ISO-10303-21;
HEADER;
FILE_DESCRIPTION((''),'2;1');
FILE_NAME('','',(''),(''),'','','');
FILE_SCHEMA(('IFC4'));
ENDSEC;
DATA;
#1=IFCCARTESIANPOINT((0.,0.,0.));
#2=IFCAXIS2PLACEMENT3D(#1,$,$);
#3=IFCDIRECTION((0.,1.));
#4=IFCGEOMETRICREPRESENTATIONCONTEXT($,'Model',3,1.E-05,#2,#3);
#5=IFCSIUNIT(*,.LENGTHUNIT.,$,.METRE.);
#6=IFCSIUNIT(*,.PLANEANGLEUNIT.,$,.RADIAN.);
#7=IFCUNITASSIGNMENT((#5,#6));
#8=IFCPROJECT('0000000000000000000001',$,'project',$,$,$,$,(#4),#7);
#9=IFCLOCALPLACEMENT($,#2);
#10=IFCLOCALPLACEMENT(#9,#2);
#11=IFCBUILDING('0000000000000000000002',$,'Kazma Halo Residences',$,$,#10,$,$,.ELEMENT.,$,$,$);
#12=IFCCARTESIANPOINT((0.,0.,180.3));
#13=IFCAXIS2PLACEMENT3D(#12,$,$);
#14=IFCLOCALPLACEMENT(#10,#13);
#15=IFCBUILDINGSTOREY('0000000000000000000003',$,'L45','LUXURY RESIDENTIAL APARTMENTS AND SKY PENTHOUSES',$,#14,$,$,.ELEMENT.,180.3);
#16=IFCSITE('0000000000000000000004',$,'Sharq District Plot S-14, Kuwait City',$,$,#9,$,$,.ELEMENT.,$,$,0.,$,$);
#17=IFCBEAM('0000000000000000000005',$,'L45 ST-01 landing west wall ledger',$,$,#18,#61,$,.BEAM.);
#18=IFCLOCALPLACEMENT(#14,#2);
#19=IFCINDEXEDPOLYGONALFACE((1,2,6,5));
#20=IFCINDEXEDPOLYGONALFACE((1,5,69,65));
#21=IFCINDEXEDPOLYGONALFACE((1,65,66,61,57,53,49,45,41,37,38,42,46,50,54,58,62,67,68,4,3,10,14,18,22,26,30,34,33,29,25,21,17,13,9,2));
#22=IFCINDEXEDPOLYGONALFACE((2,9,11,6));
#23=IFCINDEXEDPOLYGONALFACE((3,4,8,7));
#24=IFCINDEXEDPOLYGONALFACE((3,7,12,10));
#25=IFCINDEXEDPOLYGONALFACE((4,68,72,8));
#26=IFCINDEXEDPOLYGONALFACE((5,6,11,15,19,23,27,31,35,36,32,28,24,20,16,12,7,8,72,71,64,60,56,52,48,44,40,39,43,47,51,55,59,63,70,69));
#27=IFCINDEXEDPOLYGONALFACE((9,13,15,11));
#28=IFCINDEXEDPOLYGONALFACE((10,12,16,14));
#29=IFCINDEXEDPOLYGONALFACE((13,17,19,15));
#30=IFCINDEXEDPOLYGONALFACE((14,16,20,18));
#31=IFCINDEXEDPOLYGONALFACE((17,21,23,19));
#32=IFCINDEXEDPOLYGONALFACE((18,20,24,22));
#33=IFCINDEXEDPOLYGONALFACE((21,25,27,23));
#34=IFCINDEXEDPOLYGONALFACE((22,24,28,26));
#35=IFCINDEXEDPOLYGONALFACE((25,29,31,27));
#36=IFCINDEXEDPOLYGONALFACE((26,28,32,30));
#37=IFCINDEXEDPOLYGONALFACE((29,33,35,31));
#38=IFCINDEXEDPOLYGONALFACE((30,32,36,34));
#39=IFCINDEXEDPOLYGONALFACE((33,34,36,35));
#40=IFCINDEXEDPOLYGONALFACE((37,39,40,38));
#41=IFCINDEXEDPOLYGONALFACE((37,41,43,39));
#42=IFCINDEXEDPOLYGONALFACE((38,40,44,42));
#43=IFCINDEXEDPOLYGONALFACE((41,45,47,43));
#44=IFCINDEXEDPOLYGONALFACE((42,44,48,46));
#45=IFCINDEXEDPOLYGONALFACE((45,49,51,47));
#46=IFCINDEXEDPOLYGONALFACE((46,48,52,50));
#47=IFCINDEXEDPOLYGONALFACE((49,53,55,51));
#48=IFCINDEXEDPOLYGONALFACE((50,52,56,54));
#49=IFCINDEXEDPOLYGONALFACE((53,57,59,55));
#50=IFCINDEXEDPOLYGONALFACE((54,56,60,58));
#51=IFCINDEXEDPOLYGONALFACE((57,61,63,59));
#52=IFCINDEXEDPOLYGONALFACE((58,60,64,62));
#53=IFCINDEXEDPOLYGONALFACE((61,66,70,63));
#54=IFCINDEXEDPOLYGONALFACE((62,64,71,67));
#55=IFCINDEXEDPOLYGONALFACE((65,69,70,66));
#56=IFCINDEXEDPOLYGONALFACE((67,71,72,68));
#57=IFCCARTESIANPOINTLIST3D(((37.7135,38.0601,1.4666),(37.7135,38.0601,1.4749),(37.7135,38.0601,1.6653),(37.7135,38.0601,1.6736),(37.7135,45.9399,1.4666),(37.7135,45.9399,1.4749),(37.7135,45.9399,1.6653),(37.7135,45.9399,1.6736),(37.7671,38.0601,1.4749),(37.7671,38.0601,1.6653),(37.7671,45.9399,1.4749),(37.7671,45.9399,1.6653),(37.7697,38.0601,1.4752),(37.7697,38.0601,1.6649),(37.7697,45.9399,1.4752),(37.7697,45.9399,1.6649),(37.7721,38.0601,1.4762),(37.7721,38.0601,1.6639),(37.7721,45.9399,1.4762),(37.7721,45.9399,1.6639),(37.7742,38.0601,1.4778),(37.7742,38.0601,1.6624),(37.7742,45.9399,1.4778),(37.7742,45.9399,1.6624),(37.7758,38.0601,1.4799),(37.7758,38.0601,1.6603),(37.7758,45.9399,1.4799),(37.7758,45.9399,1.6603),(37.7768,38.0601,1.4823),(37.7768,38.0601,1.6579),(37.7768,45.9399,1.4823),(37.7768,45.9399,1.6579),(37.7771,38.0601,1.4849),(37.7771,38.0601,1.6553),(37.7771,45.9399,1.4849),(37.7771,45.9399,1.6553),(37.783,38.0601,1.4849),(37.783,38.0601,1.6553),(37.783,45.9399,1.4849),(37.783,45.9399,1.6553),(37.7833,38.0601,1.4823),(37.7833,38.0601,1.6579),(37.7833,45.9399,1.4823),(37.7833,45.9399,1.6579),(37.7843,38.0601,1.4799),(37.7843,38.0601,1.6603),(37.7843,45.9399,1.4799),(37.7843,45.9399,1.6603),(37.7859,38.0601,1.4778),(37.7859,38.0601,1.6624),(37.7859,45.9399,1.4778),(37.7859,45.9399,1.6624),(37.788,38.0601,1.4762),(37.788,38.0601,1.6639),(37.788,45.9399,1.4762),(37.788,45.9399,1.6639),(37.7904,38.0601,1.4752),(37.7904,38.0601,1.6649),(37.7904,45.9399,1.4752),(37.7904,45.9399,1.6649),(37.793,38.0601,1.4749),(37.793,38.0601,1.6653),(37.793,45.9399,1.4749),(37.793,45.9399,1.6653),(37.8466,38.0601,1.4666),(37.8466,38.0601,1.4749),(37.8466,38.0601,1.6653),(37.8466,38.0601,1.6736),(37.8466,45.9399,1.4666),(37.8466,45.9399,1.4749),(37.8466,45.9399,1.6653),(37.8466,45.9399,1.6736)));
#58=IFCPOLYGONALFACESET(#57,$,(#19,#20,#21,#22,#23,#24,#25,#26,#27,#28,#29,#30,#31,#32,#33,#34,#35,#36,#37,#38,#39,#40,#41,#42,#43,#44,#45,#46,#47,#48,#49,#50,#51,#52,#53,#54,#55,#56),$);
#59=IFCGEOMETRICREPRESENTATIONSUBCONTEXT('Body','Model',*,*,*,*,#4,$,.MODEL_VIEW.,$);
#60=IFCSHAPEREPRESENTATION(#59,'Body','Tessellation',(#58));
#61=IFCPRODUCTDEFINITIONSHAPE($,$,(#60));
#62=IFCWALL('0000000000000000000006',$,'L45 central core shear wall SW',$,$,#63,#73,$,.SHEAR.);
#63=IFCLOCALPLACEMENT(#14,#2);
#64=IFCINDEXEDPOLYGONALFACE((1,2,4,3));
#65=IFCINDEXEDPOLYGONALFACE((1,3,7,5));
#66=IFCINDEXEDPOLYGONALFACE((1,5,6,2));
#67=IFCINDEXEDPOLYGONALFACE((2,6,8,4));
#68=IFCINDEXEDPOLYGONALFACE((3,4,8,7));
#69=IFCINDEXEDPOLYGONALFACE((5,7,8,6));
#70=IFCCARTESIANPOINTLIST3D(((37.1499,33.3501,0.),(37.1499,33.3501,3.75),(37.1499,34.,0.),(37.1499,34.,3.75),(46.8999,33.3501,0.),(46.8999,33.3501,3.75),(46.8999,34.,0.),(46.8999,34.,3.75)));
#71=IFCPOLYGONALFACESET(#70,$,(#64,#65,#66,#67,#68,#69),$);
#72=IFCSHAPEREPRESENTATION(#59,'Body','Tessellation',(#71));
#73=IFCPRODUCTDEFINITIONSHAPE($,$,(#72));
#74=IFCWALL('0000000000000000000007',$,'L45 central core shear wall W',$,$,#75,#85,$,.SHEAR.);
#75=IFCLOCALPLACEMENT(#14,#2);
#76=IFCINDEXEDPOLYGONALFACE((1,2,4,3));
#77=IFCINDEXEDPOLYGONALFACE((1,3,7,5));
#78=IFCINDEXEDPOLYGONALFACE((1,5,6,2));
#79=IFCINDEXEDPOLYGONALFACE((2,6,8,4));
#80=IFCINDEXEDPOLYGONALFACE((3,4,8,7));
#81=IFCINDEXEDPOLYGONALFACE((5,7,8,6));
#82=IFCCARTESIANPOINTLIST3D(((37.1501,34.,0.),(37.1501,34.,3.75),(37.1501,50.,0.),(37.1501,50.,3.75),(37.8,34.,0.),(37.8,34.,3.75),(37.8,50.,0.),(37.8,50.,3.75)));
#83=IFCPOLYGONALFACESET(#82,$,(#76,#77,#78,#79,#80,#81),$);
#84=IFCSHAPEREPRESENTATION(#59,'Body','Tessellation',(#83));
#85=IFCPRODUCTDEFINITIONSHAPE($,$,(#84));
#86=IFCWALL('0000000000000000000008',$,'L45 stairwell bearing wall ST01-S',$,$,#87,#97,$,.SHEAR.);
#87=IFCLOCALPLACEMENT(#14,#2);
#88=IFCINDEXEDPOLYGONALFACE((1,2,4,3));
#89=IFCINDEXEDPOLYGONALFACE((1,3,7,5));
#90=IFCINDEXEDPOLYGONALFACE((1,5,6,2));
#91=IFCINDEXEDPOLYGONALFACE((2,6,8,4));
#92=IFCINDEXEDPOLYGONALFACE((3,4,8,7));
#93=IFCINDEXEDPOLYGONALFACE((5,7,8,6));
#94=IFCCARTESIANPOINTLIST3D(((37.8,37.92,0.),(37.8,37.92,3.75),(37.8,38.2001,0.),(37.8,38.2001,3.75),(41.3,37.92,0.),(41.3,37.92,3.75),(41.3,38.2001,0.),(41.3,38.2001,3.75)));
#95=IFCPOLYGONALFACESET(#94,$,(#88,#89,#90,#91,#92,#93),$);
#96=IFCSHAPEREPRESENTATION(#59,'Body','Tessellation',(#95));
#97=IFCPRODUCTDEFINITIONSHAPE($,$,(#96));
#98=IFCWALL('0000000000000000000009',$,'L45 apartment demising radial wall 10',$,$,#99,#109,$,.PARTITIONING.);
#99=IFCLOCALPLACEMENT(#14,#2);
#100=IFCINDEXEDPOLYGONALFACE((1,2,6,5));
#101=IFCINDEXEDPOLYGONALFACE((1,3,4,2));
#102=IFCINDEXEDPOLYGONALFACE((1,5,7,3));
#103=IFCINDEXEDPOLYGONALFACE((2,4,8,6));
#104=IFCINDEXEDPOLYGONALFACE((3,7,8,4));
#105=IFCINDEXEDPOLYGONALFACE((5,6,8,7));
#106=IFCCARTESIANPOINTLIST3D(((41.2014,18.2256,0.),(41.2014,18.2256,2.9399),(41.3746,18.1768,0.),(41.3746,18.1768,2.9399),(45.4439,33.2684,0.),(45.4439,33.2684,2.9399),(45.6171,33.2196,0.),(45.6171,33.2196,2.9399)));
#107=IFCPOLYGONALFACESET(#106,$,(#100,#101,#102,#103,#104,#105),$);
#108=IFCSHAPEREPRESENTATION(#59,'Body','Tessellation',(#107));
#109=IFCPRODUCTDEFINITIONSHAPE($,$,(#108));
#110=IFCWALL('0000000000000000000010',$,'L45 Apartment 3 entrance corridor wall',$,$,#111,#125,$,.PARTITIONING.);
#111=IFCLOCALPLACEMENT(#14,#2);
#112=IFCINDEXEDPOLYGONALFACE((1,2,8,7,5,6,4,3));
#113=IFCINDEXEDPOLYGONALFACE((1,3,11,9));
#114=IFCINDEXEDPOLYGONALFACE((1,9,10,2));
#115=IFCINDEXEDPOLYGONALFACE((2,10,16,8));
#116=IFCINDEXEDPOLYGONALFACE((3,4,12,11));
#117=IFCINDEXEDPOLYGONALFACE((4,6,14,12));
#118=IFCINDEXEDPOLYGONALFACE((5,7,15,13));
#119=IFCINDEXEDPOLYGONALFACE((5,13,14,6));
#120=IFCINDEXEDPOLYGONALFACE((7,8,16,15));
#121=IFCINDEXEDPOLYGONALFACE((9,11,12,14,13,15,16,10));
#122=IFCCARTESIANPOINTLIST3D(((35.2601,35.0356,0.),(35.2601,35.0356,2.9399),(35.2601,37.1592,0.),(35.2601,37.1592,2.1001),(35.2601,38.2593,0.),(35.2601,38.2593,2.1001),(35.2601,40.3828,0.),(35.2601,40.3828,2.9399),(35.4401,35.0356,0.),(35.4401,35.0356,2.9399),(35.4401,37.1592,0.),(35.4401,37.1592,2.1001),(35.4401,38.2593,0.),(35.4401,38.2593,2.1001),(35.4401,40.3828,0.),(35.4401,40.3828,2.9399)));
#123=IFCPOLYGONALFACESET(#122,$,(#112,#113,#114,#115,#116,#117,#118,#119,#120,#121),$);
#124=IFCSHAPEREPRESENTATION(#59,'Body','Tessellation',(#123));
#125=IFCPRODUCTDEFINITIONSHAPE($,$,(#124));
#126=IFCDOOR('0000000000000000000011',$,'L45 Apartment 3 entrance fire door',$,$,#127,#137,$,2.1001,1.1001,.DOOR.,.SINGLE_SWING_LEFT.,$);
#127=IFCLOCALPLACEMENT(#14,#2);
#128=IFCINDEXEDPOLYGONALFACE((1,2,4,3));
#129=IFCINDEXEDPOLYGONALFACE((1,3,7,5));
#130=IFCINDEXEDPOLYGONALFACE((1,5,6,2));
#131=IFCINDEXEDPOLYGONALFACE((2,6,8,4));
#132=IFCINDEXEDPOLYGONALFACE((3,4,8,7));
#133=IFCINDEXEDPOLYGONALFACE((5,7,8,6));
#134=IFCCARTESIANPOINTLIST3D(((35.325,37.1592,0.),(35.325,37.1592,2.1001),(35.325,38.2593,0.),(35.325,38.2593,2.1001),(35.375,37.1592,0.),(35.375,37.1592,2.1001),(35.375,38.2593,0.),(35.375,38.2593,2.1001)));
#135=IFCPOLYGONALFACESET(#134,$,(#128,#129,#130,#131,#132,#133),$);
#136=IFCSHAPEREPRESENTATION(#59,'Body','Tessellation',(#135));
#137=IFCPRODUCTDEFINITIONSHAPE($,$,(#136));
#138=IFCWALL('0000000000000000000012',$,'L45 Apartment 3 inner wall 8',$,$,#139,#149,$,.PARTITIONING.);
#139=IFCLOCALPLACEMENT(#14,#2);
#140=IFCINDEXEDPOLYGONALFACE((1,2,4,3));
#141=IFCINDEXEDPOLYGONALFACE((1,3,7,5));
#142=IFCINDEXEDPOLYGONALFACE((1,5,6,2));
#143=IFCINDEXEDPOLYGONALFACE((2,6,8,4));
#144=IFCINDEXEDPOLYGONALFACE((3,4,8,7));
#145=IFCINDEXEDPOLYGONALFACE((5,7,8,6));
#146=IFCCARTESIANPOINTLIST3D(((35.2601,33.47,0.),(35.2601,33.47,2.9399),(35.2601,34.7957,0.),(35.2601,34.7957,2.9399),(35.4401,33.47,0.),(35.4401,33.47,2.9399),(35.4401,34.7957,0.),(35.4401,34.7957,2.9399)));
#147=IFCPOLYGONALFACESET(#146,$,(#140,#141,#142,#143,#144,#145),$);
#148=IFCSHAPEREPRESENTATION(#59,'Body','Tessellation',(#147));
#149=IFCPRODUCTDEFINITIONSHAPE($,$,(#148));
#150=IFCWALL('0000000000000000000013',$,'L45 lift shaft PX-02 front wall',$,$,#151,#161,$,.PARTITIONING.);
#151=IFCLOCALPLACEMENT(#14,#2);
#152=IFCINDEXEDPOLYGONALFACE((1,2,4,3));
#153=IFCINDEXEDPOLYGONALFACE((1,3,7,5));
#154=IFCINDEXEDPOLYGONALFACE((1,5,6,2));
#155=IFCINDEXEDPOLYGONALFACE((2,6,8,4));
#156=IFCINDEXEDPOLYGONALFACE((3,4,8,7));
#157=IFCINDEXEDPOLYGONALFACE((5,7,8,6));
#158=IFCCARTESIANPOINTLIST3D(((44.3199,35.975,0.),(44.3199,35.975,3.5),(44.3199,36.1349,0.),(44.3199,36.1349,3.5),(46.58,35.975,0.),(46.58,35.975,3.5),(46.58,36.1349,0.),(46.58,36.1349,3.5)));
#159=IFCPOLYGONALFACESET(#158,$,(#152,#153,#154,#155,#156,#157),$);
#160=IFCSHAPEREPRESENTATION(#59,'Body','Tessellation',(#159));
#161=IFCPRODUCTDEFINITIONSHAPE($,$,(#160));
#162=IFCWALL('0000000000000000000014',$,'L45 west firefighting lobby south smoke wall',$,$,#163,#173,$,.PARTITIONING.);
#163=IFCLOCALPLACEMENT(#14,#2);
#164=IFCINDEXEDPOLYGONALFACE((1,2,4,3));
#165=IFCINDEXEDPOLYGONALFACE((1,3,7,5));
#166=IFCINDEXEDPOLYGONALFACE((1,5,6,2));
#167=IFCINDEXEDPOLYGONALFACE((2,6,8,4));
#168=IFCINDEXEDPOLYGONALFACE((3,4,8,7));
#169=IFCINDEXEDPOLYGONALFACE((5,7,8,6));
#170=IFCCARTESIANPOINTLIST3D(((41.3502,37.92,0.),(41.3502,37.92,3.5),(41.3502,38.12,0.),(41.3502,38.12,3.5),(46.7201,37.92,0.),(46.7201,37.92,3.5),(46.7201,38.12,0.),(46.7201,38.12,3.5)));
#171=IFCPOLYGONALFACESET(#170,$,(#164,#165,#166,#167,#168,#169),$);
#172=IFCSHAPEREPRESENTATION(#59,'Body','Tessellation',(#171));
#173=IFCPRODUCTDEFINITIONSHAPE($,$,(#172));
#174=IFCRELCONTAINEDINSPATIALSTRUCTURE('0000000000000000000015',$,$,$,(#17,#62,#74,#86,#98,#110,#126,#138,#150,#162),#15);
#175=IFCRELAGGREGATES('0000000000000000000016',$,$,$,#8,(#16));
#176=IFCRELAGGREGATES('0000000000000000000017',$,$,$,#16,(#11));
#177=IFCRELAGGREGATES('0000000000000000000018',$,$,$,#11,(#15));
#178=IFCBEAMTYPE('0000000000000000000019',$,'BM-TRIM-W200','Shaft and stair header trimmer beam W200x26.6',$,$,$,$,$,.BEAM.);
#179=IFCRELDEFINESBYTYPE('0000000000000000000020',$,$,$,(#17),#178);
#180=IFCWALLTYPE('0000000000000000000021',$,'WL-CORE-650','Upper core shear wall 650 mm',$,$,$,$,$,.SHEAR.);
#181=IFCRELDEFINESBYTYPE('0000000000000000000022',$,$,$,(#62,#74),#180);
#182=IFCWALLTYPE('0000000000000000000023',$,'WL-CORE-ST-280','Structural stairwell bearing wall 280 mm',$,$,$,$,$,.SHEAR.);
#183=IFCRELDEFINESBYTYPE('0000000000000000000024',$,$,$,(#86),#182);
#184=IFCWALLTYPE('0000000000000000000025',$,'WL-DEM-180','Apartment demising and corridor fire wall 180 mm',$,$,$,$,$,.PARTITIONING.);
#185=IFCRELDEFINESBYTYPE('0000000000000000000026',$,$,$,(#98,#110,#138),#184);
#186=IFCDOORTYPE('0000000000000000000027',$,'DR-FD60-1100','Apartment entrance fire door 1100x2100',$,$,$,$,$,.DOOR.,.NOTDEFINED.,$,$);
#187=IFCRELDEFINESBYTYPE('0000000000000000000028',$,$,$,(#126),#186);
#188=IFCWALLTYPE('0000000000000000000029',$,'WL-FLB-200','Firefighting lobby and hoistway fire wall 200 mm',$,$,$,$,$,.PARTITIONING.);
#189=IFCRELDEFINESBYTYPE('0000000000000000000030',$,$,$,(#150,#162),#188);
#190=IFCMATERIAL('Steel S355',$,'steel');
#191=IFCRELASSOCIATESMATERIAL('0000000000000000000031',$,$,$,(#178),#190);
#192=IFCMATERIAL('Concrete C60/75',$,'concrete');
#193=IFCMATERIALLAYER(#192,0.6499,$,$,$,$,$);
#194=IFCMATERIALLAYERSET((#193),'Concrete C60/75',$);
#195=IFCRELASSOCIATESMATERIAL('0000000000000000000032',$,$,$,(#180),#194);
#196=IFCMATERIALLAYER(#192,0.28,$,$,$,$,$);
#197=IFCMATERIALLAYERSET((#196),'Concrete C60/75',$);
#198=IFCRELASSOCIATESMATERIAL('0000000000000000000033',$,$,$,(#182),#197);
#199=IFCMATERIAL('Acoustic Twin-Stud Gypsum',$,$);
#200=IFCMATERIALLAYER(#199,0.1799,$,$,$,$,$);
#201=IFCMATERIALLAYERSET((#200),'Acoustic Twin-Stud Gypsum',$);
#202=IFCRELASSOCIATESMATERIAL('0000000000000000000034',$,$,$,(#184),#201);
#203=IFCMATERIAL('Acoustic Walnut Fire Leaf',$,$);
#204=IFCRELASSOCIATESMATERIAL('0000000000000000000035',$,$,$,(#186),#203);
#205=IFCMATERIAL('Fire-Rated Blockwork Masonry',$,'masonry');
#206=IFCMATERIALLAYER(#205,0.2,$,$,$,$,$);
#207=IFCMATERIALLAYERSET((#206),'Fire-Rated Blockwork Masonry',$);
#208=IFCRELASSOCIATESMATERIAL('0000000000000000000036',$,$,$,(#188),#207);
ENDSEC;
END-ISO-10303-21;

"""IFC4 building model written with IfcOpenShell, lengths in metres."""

from ifc_helpers import new_model, si_unit, direction, frame, frame_2d, origin, origin_2d, place, context, subcontext, project, spatial, rectangle, i_section, extrude, material, layer, layer_set, material_profile, profile_set, type_object, element, fill, save


model = new_model("IFC4")

# Units and contexts
model_context = context("Model", 3, precision=1e-05, world=origin(), true_north=direction((0.0, 1.0)))
body_context = subcontext(model_context, "Body", "Model", "MODEL_VIEW")
ifc_project = project(units=[si_unit("LENGTHUNIT", "METRE"), si_unit("PLANEANGLEUNIT", "RADIAN")], contexts=[model_context])

# Site, building, storey
site_placement = place(None, origin())
site = spatial("IfcSite", under=ifc_project, at=site_placement, Name="Sharq District Plot S-14, Kuwait City", CompositionType="ELEMENT", RefElevation=0.0)
building_placement = place(site_placement, origin())
building = spatial("IfcBuilding", under=site, at=building_placement, Name="Kazma Halo Residences", CompositionType="ELEMENT")
storey_placement = place(building_placement, frame((0.0, 0.0, 180.3)))
storey = spatial("IfcBuildingStorey", under=building, at=storey_placement, Name="L45", Description="LUXURY RESIDENTIAL APARTMENTS AND SKY PENTHOUSES", CompositionType="ELEMENT", Elevation=180.3)

# Beam
ifc_material_1 = material(Name="Steel S355", Category="steel")
ifc_material_profile_1 = material_profile(ifc_material_1, i_section(OverallWidth=0.1331, OverallDepth=0.207, WebThickness=0.0059, FlangeThickness=0.0083, FilletRadius=0.01, at=origin_2d()), Name="W200x26.6")
ifc_profile_set_1 = profile_set([ifc_material_profile_1], Name="Steel S355")
beam_type_1 = type_object("IfcBeamType", Name="BM-TRIM-W200", Description="Shaft and stair header trimmer beam W200x26.6", PredefinedType="BEAM", material=ifc_profile_set_1)
beam_1_placement = place(storey_placement, frame((37.78, 38.0601, 1.5701), z_axis=(0.0, 1.0, 0.0), x_axis=(-1.0, 0.0, 0.0)))
element("IfcBeam", 1, at=beam_1_placement, inside=storey, type_object=beam_type_1, Name="L45 ST-01 landing west wall ledger", PredefinedType="BEAM", context=body_context, shape_type="SweptSolid", body=[
    extrude(i_section(OverallWidth=0.1331, OverallDepth=0.207, WebThickness=0.0059, FlangeThickness=0.0083, FilletRadius=0.01, at=origin_2d()), origin(), (0.0, 0.0, 1.0), 7.8799),
])

# Walls
ifc_material_2 = material(Name="Concrete C60/75", Category="concrete")
ifc_layer_1 = layer(ifc_material_2, 0.6499)
ifc_layer_set_1 = layer_set([ifc_layer_1], Name="Concrete C60/75")
wall_type_1 = type_object("IfcWallType", Name="WL-CORE-650", Description="Upper core shear wall 650 mm", PredefinedType="SHEAR", material=ifc_layer_set_1)
wall_1_placement = place(storey_placement, frame((37.1499, 33.675, 0.0), z_axis=(0.0, 0.0, 1.0), x_axis=(1.0, 0.0, 0.0)))
element("IfcWall", 2, at=wall_1_placement, inside=storey, type_object=wall_type_1, Name="L45 central core shear wall SW", PredefinedType="SHEAR", context=body_context, shape_type="SweptSolid", body=[
    extrude(rectangle(XDim=9.75, YDim=0.6499, at=frame_2d((4.875, 0.0))), origin(), (0.0, 0.0, 1.0), 3.75),
])
wall_2_placement = place(storey_placement, frame((37.4751, 34.0, 0.0), z_axis=(0.0, 0.0, 1.0), x_axis=(0.0, 1.0, 0.0)))
element("IfcWall", 3, at=wall_2_placement, inside=storey, type_object=wall_type_1, Name="L45 central core shear wall W", PredefinedType="SHEAR", context=body_context, shape_type="SweptSolid", body=[
    extrude(rectangle(XDim=16.0, YDim=0.6499, at=frame_2d((8.0, 0.0))), origin(), (0.0, 0.0, 1.0), 3.75),
])
ifc_layer_2 = layer(ifc_material_2, 0.28)
ifc_layer_set_2 = layer_set([ifc_layer_2], Name="Concrete C60/75")
wall_type_2 = type_object("IfcWallType", Name="WL-CORE-ST-280", Description="Structural stairwell bearing wall 280 mm", PredefinedType="SHEAR", material=ifc_layer_set_2)
wall_3_placement = place(storey_placement, frame((37.8, 38.0601, 0.0), z_axis=(0.0, 0.0, 1.0), x_axis=(1.0, 0.0, 0.0)))
element("IfcWall", 4, at=wall_3_placement, inside=storey, type_object=wall_type_2, Name="L45 stairwell bearing wall ST01-S", PredefinedType="SHEAR", context=body_context, shape_type="SweptSolid", body=[
    extrude(rectangle(XDim=3.5, YDim=0.28, at=frame_2d((1.75, 0.0))), origin(), (0.0, 0.0, 1.0), 3.75),
])
ifc_material_3 = material(Name="Acoustic Twin-Stud Gypsum")
ifc_layer_3 = layer(ifc_material_3, 0.1799)
ifc_layer_set_3 = layer_set([ifc_layer_3], Name="Acoustic Twin-Stud Gypsum")
wall_type_3 = type_object("IfcWallType", Name="WL-DEM-180", Description="Apartment demising and corridor fire wall 180 mm", PredefinedType="PARTITIONING", material=ifc_layer_set_3)
wall_4_placement = place(storey_placement, frame((45.5305, 33.2441, 0.0), z_axis=(0.0, 0.0, 1.0), x_axis=(-0.271437, -0.962456, 0.0)))
element("IfcWall", 5, at=wall_4_placement, inside=storey, type_object=wall_type_3, Name="L45 apartment demising radial wall 10", PredefinedType="PARTITIONING", context=body_context, shape_type="SweptSolid", body=[
    extrude(rectangle(XDim=15.6296, YDim=0.1799, at=frame_2d((7.8149, 0.0))), origin(), (0.0, 0.0, 1.0), 2.9399),
])

# Wall, opening, door
wall_5_placement = place(storey_placement, frame((35.3501, 40.3828, 0.0), z_axis=(0.0, 0.0, 1.0), x_axis=(0.0, -1.0, 0.0)))
wall_5 = element("IfcWall", 6, at=wall_5_placement, inside=storey, type_object=wall_type_3, Name="L45 Apartment 3 entrance corridor wall", PredefinedType="PARTITIONING", context=body_context, shape_type="SweptSolid", body=[
    extrude(rectangle(XDim=5.3472, YDim=0.1799, at=frame_2d((2.6736, 0.0))), origin(), (0.0, 0.0, 1.0), 2.9399),
])
opening_1_placement = place(wall_5_placement, frame((2.1235, 0.0, 0.0)))
opening_1 = element("IfcOpeningElement", 7, at=opening_1_placement, cuts=wall_5, PredefinedType="OPENING", context=body_context, shape_type="SweptSolid", body=[
    extrude(rectangle(XDim=1.1001, YDim=2.1001, at=frame_2d((0.55, 1.05))), frame((0.0, 0.0999, 0.0), z_axis=(0.0, -1.0, 0.0), x_axis=(1.0, 0.0, 0.0)), (0.0, 0.0, 1.0), 0.2),
])
ifc_material_4 = material(Name="Acoustic Walnut Fire Leaf")
door_type_1 = type_object("IfcDoorType", Name="DR-FD60-1100", Description="Apartment entrance fire door 1100x2100", OperationType="NOTDEFINED", PredefinedType="DOOR", material=ifc_material_4)
door_1_placement = place(opening_1_placement, origin())
door_1 = element("IfcDoor", 8, at=door_1_placement, inside=storey, type_object=door_type_1, Name="L45 Apartment 3 entrance fire door", OperationType="SINGLE_SWING_LEFT", OverallHeight=2.1001, OverallWidth=1.1001, PredefinedType="DOOR", context=body_context, shape_type="SweptSolid", body=[
    extrude(rectangle(XDim=1.1001, YDim=2.1001, at=frame_2d((0.55, 1.05))), frame((0.0, 0.0249, 0.0), z_axis=(0.0, -1.0, 0.0), x_axis=(1.0, 0.0, 0.0)), (0.0, 0.0, 1.0), 0.05),
])
fill(opening_1, door_1)

# Walls
wall_6_placement = place(storey_placement, frame((35.3501, 34.7957, 0.0), z_axis=(0.0, 0.0, 1.0), x_axis=(0.0, -1.0, 0.0)))
element("IfcWall", 9, at=wall_6_placement, inside=storey, type_object=wall_type_3, Name="L45 Apartment 3 inner wall 8", PredefinedType="PARTITIONING", context=body_context, shape_type="SweptSolid", body=[
    extrude(rectangle(XDim=1.3257, YDim=0.1799, at=frame_2d((0.6628, 0.0))), origin(), (0.0, 0.0, 1.0), 2.9399),
])
ifc_material_5 = material(Name="Fire-Rated Blockwork Masonry", Category="masonry")
ifc_layer_4 = layer(ifc_material_5, 0.2)
ifc_layer_set_4 = layer_set([ifc_layer_4], Name="Fire-Rated Blockwork Masonry")
wall_type_4 = type_object("IfcWallType", Name="WL-FLB-200", Description="Firefighting lobby and hoistway fire wall 200 mm", PredefinedType="PARTITIONING", material=ifc_layer_set_4)
wall_7_placement = place(storey_placement, frame((44.3201, 36.0549, 0.0), z_axis=(0.0, 0.0, 1.0), x_axis=(1.0, 0.0, 0.0)))
element("IfcWall", 10, at=wall_7_placement, inside=storey, type_object=wall_type_4, Name="L45 lift shaft PX-02 front wall", PredefinedType="PARTITIONING", context=body_context, shape_type="SweptSolid", body=[
    extrude(rectangle(XDim=2.26, YDim=0.1599, at=frame_2d((1.1299, 0.0))), origin(), (0.0, 0.0, 1.0), 3.5),
])
wall_8_placement = place(storey_placement, frame((41.3501, 38.02, 0.0), z_axis=(0.0, 0.0, 1.0), x_axis=(1.0, 0.0, 0.0)))
element("IfcWall", 11, at=wall_8_placement, inside=storey, type_object=wall_type_4, Name="L45 west firefighting lobby south smoke wall", PredefinedType="PARTITIONING", context=body_context, shape_type="SweptSolid", body=[
    extrude(rectangle(XDim=5.3699, YDim=0.2, at=frame_2d((2.6851, 0.0))), origin(), (0.0, 0.0, 1.0), 3.5),
])

save(model, "model.ifc")
